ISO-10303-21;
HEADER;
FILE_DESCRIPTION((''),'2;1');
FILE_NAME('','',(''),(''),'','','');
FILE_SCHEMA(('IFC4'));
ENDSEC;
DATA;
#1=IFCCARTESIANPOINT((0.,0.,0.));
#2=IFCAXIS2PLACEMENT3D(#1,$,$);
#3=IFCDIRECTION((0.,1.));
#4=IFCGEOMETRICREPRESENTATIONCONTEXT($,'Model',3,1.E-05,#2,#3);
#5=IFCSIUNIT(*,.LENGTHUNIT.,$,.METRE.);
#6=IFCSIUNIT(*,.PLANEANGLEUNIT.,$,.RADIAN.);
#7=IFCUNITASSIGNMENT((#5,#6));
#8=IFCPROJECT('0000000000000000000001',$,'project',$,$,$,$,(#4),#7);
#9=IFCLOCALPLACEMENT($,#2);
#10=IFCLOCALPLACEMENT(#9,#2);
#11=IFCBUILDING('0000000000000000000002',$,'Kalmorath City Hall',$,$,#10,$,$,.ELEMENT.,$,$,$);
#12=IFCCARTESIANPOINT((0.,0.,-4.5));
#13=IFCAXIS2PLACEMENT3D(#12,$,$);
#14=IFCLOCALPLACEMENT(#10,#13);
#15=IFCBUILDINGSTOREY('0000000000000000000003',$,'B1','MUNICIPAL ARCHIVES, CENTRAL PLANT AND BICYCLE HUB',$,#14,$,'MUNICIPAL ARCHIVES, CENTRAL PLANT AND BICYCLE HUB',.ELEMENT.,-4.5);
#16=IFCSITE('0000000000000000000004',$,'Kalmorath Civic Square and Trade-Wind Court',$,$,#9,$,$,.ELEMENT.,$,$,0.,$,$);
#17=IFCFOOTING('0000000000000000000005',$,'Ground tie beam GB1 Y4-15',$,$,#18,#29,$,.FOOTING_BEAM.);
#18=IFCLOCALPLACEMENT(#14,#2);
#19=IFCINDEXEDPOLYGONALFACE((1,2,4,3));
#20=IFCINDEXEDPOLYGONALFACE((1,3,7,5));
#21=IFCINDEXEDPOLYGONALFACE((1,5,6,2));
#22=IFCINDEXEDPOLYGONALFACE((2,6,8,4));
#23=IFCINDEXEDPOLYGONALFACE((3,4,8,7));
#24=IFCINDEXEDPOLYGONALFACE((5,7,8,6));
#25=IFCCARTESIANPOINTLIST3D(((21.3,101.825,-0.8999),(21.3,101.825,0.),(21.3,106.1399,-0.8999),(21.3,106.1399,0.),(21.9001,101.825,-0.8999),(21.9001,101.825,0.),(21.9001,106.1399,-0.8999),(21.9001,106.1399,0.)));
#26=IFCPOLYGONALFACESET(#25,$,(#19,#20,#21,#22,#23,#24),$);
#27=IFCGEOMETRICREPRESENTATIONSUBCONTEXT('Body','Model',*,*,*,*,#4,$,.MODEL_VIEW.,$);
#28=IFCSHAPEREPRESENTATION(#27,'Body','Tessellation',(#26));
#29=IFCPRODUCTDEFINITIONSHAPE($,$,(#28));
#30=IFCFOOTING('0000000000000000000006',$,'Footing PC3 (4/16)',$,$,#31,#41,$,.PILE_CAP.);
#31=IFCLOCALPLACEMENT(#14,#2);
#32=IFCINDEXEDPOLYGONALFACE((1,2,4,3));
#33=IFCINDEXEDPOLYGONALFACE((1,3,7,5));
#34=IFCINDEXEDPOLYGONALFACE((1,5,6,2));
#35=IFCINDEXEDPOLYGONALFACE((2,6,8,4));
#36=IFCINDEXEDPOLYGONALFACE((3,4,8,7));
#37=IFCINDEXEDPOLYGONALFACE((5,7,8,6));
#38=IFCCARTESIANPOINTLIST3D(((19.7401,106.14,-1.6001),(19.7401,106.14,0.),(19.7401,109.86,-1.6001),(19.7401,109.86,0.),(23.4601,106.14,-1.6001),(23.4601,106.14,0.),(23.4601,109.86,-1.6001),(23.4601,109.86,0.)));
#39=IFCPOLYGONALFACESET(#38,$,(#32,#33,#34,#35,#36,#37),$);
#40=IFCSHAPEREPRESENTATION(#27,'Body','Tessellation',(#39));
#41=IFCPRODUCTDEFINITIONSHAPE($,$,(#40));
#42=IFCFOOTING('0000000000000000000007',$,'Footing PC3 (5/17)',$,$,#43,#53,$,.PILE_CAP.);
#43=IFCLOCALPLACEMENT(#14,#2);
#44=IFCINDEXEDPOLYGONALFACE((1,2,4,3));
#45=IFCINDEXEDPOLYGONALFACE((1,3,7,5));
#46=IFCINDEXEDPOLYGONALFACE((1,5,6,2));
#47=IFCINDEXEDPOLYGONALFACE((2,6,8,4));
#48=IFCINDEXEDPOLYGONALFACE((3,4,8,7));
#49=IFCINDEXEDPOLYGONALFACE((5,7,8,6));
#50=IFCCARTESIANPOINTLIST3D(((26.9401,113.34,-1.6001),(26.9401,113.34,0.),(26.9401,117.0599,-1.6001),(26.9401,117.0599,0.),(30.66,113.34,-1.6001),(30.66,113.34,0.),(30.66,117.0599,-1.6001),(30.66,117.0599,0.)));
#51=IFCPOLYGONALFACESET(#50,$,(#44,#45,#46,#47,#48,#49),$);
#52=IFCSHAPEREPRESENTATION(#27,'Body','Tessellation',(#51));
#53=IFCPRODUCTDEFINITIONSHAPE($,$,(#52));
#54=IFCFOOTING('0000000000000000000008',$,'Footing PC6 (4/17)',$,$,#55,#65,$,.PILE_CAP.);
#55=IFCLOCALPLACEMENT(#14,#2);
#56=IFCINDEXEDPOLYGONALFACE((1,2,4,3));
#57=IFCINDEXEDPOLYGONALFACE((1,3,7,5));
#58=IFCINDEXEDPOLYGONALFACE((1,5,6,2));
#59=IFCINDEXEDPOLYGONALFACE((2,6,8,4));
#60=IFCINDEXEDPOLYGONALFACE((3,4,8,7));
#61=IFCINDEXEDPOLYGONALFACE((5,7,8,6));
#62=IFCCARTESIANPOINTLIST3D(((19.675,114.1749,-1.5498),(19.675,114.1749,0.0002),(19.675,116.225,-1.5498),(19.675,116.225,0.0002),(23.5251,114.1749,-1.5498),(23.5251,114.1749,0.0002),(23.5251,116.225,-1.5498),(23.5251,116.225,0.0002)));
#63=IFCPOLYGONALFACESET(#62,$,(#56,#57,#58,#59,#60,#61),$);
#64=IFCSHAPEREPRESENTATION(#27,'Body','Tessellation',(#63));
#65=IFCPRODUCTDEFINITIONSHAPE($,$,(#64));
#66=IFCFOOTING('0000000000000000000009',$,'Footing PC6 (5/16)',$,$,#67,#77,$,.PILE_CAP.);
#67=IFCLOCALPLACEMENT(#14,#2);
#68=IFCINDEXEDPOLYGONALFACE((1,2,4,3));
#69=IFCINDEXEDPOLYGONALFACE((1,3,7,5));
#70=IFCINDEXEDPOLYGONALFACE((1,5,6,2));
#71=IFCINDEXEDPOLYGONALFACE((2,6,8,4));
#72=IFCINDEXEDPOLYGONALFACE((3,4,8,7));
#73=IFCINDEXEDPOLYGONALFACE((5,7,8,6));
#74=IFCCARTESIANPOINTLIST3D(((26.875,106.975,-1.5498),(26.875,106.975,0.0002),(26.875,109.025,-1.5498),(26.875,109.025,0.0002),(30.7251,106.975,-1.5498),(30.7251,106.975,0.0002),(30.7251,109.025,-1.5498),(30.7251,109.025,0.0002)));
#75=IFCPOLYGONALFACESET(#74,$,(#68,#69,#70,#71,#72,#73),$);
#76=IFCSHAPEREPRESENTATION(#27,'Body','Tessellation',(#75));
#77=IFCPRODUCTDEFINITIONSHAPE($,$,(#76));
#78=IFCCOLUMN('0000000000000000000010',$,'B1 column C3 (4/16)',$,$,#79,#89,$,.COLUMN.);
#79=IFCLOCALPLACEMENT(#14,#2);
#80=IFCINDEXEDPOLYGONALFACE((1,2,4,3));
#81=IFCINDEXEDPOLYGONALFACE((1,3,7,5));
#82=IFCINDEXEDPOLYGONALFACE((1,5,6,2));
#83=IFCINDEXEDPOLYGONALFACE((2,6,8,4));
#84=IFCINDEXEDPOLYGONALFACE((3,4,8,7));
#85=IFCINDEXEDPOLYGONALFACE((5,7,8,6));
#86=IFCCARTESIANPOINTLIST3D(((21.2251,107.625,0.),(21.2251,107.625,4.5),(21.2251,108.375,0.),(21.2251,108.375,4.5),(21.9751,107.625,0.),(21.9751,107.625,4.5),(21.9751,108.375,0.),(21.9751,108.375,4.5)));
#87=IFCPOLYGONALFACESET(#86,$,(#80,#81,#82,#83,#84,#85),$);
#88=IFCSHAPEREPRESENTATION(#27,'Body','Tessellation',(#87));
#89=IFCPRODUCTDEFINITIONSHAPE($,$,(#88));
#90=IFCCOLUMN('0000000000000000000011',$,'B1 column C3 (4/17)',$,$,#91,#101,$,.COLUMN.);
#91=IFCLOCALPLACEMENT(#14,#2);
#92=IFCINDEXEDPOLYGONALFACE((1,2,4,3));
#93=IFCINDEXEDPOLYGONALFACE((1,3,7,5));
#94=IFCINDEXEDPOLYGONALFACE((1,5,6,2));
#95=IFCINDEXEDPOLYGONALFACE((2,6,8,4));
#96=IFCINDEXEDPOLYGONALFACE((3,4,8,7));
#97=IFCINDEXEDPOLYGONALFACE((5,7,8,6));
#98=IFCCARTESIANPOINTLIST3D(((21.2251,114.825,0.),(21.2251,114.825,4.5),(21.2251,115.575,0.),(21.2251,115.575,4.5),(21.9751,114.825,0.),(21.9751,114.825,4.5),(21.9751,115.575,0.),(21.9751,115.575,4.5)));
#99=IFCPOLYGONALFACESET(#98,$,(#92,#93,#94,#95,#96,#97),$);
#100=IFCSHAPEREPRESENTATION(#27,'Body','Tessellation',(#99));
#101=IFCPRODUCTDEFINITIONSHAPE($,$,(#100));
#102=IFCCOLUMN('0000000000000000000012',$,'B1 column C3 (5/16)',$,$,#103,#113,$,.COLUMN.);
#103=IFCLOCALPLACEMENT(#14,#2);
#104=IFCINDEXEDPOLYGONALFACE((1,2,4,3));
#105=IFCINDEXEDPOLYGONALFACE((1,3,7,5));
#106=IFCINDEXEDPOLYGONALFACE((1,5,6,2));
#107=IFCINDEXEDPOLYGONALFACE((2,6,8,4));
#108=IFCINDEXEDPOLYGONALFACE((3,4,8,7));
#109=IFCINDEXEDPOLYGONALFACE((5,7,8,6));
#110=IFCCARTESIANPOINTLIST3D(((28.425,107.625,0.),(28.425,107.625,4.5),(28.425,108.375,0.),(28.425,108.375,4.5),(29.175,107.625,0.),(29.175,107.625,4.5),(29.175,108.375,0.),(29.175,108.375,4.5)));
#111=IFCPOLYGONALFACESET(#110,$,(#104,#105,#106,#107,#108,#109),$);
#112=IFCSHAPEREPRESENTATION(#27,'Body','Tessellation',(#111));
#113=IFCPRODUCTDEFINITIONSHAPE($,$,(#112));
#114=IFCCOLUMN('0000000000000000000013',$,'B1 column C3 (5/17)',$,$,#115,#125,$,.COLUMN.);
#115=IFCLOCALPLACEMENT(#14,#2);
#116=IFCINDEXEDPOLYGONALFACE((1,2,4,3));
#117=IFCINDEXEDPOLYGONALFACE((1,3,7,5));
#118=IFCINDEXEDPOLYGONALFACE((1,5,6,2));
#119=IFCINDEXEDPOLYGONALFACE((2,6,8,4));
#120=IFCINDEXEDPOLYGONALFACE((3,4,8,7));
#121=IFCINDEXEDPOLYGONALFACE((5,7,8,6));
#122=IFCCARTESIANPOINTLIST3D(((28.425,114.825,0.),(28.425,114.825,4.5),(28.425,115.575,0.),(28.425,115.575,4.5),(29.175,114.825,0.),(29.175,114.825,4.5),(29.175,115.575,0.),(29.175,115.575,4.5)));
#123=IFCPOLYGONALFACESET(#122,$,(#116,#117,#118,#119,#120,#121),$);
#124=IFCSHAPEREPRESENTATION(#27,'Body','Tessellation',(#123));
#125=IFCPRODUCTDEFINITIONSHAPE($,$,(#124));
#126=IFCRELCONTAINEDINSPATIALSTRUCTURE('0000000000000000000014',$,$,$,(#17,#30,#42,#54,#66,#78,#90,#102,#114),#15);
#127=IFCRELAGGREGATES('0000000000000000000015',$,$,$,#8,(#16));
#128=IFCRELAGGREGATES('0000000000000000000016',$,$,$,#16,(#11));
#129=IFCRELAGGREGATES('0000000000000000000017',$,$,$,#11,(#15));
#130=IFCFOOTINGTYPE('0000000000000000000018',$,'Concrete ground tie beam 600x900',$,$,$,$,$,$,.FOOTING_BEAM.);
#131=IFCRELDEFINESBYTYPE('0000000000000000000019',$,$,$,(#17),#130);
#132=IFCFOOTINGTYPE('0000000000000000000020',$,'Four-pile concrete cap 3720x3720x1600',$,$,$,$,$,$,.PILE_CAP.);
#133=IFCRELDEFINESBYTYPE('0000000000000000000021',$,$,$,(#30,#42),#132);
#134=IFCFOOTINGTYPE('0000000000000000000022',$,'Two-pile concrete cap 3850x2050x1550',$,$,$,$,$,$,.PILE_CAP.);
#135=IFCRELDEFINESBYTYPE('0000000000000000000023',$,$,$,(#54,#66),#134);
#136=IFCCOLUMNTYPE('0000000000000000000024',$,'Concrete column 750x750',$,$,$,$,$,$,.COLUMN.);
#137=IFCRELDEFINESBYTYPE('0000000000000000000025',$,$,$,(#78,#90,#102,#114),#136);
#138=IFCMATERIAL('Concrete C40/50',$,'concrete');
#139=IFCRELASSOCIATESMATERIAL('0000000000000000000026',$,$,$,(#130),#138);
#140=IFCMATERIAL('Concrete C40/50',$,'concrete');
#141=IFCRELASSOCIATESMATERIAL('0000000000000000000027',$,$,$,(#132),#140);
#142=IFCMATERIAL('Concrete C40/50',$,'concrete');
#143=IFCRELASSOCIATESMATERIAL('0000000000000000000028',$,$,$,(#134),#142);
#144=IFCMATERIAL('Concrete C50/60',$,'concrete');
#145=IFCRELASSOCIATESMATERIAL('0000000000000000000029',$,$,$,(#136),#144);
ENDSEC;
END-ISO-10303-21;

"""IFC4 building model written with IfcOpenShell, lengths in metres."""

from ifc_helpers import new_model, si_unit, direction, frame, origin, origin_2d, place, context, subcontext, project, spatial, rectangle, extrude, material, material_profile, profile_set, type_object, element, save


model = new_model("IFC4")

# Units and contexts
model_context = context("Model", 3, precision=1e-05, world=origin(), true_north=direction((0.0, 1.0)))
body_context = subcontext(model_context, "Body", "Model", "MODEL_VIEW")
ifc_project = project(units=[si_unit("LENGTHUNIT", "METRE"), si_unit("PLANEANGLEUNIT", "RADIAN")], contexts=[model_context])

# Site, building, storey
site_placement = place(None, origin())
site = spatial("IfcSite", under=ifc_project, at=site_placement, Name="Kalmorath Civic Square and Trade-Wind Court", CompositionType="ELEMENT", RefElevation=0.0)
building_placement = place(site_placement, origin())
building = spatial("IfcBuilding", under=site, at=building_placement, Name="Kalmorath City Hall", CompositionType="ELEMENT")
storey_placement = place(building_placement, frame((0.0, 0.0, -4.5)))
storey = spatial("IfcBuildingStorey", under=building, at=storey_placement, Name="B1", Description="MUNICIPAL ARCHIVES, CENTRAL PLANT AND BICYCLE HUB", LongName="MUNICIPAL ARCHIVES, CENTRAL PLANT AND BICYCLE HUB", CompositionType="ELEMENT", Elevation=-4.5)

# Footings
ifc_material_1 = material(Name="Concrete C40/50", Category="concrete")
ifc_material_profile_1 = material_profile(ifc_material_1, rectangle(XDim=0.6001, YDim=0.8999, at=origin_2d()), Name="RC-BM-600X900")
ifc_profile_set_1 = profile_set([ifc_material_profile_1], Name="Concrete C40/50")
footing_type_1 = type_object("IfcFootingType", Name="Concrete ground tie beam 600x900", PredefinedType="FOOTING_BEAM", material=ifc_profile_set_1)
footing_1_placement = place(storey_placement, frame((21.6001, 101.825, -0.45), z_axis=(0.0, 1.0, 0.0), x_axis=(-1.0, 0.0, 0.0)))
element("IfcFooting", 1, at=footing_1_placement, inside=storey, type_object=footing_type_1, Name="Ground tie beam GB1 Y4-15", PredefinedType="FOOTING_BEAM", context=body_context, shape_type="SweptSolid", body=[
    extrude(rectangle(XDim=0.6001, YDim=0.8999, at=origin_2d()), origin(), (0.0, 0.0, 1.0), 4.3149),
])
ifc_material_2 = material(Name="Concrete C40/50", Category="concrete")
footing_type_2 = type_object("IfcFootingType", Name="Four-pile concrete cap 3720x3720x1600", PredefinedType="PILE_CAP", material=ifc_material_2)
for number, where, z_axis, x_axis, name in (
    (2, (21.6001, 108.0, -1.6001), (0.0, 0.0, 1.0), (1.0, 0.0, 0.0), "Footing PC3 (4/16)"),
    (3, (28.8, 115.2, -1.6001), (0.0, 0.0, 1.0), (1.0, 0.0, 0.0), "Footing PC3 (5/17)"),
):
    element("IfcFooting", number, at=place(storey_placement, frame(where, z_axis=z_axis, x_axis=x_axis)), inside=storey, type_object=footing_type_2, Name=name, PredefinedType="PILE_CAP", context=body_context, shape_type="SweptSolid", body=[
        extrude(rectangle(XDim=3.72, YDim=3.72, at=origin_2d()), origin(), (0.0, 0.0, 1.0), 1.6001),
    ])
ifc_material_3 = material(Name="Concrete C40/50", Category="concrete")
footing_type_3 = type_object("IfcFootingType", Name="Two-pile concrete cap 3850x2050x1550", PredefinedType="PILE_CAP", material=ifc_material_3)
for number, where, z_axis, x_axis, name in (
    (4, (21.6001, 115.2, -1.5498), (0.0, 0.0, 1.0), (1.0, 0.0, 0.0), "Footing PC6 (4/17)"),
    (5, (28.8, 108.0, -1.5498), (0.0, 0.0, 1.0), (1.0, 0.0, 0.0), "Footing PC6 (5/16)"),
):
    element("IfcFooting", number, at=place(storey_placement, frame(where, z_axis=z_axis, x_axis=x_axis)), inside=storey, type_object=footing_type_3, Name=name, PredefinedType="PILE_CAP", context=body_context, shape_type="SweptSolid", body=[
        extrude(rectangle(XDim=3.8501, YDim=2.05, at=origin_2d()), origin(), (0.0, 0.0, 1.0), 1.55),
    ])

# Columns
ifc_material_4 = material(Name="Concrete C50/60", Category="concrete")
ifc_material_profile_2 = material_profile(ifc_material_4, rectangle(XDim=0.75, YDim=0.75, at=origin_2d()), Name="RC-COL-750X750")
ifc_profile_set_2 = profile_set([ifc_material_profile_2], Name="Concrete C50/60")
column_type = type_object("IfcColumnType", Name="Concrete column 750x750", PredefinedType="COLUMN", material=ifc_profile_set_2)
for number, where, z_axis, x_axis, name in (
    (6, (21.6001, 108.0, 0.0), (0.0, 0.0, 1.0), (1.0, 0.0, 0.0), "B1 column C3 (4/16)"),
    (7, (21.6001, 115.2, 0.0), (0.0, 0.0, 1.0), (1.0, 0.0, 0.0), "B1 column C3 (4/17)"),
    (8, (28.8, 108.0, 0.0), (0.0, 0.0, 1.0), (1.0, 0.0, 0.0), "B1 column C3 (5/16)"),
    (9, (28.8, 115.2, 0.0), (0.0, 0.0, 1.0), (1.0, 0.0, 0.0), "B1 column C3 (5/17)"),
):
    element("IfcColumn", number, at=place(storey_placement, frame(where, z_axis=z_axis, x_axis=x_axis)), inside=storey, type_object=column_type, Name=name, PredefinedType="COLUMN", context=body_context, shape_type="SweptSolid", body=[
        extrude(rectangle(XDim=0.75, YDim=0.75, at=origin_2d()), origin(), (0.0, 0.0, 1.0), 4.5),
    ])

save(model, "model.ifc")
